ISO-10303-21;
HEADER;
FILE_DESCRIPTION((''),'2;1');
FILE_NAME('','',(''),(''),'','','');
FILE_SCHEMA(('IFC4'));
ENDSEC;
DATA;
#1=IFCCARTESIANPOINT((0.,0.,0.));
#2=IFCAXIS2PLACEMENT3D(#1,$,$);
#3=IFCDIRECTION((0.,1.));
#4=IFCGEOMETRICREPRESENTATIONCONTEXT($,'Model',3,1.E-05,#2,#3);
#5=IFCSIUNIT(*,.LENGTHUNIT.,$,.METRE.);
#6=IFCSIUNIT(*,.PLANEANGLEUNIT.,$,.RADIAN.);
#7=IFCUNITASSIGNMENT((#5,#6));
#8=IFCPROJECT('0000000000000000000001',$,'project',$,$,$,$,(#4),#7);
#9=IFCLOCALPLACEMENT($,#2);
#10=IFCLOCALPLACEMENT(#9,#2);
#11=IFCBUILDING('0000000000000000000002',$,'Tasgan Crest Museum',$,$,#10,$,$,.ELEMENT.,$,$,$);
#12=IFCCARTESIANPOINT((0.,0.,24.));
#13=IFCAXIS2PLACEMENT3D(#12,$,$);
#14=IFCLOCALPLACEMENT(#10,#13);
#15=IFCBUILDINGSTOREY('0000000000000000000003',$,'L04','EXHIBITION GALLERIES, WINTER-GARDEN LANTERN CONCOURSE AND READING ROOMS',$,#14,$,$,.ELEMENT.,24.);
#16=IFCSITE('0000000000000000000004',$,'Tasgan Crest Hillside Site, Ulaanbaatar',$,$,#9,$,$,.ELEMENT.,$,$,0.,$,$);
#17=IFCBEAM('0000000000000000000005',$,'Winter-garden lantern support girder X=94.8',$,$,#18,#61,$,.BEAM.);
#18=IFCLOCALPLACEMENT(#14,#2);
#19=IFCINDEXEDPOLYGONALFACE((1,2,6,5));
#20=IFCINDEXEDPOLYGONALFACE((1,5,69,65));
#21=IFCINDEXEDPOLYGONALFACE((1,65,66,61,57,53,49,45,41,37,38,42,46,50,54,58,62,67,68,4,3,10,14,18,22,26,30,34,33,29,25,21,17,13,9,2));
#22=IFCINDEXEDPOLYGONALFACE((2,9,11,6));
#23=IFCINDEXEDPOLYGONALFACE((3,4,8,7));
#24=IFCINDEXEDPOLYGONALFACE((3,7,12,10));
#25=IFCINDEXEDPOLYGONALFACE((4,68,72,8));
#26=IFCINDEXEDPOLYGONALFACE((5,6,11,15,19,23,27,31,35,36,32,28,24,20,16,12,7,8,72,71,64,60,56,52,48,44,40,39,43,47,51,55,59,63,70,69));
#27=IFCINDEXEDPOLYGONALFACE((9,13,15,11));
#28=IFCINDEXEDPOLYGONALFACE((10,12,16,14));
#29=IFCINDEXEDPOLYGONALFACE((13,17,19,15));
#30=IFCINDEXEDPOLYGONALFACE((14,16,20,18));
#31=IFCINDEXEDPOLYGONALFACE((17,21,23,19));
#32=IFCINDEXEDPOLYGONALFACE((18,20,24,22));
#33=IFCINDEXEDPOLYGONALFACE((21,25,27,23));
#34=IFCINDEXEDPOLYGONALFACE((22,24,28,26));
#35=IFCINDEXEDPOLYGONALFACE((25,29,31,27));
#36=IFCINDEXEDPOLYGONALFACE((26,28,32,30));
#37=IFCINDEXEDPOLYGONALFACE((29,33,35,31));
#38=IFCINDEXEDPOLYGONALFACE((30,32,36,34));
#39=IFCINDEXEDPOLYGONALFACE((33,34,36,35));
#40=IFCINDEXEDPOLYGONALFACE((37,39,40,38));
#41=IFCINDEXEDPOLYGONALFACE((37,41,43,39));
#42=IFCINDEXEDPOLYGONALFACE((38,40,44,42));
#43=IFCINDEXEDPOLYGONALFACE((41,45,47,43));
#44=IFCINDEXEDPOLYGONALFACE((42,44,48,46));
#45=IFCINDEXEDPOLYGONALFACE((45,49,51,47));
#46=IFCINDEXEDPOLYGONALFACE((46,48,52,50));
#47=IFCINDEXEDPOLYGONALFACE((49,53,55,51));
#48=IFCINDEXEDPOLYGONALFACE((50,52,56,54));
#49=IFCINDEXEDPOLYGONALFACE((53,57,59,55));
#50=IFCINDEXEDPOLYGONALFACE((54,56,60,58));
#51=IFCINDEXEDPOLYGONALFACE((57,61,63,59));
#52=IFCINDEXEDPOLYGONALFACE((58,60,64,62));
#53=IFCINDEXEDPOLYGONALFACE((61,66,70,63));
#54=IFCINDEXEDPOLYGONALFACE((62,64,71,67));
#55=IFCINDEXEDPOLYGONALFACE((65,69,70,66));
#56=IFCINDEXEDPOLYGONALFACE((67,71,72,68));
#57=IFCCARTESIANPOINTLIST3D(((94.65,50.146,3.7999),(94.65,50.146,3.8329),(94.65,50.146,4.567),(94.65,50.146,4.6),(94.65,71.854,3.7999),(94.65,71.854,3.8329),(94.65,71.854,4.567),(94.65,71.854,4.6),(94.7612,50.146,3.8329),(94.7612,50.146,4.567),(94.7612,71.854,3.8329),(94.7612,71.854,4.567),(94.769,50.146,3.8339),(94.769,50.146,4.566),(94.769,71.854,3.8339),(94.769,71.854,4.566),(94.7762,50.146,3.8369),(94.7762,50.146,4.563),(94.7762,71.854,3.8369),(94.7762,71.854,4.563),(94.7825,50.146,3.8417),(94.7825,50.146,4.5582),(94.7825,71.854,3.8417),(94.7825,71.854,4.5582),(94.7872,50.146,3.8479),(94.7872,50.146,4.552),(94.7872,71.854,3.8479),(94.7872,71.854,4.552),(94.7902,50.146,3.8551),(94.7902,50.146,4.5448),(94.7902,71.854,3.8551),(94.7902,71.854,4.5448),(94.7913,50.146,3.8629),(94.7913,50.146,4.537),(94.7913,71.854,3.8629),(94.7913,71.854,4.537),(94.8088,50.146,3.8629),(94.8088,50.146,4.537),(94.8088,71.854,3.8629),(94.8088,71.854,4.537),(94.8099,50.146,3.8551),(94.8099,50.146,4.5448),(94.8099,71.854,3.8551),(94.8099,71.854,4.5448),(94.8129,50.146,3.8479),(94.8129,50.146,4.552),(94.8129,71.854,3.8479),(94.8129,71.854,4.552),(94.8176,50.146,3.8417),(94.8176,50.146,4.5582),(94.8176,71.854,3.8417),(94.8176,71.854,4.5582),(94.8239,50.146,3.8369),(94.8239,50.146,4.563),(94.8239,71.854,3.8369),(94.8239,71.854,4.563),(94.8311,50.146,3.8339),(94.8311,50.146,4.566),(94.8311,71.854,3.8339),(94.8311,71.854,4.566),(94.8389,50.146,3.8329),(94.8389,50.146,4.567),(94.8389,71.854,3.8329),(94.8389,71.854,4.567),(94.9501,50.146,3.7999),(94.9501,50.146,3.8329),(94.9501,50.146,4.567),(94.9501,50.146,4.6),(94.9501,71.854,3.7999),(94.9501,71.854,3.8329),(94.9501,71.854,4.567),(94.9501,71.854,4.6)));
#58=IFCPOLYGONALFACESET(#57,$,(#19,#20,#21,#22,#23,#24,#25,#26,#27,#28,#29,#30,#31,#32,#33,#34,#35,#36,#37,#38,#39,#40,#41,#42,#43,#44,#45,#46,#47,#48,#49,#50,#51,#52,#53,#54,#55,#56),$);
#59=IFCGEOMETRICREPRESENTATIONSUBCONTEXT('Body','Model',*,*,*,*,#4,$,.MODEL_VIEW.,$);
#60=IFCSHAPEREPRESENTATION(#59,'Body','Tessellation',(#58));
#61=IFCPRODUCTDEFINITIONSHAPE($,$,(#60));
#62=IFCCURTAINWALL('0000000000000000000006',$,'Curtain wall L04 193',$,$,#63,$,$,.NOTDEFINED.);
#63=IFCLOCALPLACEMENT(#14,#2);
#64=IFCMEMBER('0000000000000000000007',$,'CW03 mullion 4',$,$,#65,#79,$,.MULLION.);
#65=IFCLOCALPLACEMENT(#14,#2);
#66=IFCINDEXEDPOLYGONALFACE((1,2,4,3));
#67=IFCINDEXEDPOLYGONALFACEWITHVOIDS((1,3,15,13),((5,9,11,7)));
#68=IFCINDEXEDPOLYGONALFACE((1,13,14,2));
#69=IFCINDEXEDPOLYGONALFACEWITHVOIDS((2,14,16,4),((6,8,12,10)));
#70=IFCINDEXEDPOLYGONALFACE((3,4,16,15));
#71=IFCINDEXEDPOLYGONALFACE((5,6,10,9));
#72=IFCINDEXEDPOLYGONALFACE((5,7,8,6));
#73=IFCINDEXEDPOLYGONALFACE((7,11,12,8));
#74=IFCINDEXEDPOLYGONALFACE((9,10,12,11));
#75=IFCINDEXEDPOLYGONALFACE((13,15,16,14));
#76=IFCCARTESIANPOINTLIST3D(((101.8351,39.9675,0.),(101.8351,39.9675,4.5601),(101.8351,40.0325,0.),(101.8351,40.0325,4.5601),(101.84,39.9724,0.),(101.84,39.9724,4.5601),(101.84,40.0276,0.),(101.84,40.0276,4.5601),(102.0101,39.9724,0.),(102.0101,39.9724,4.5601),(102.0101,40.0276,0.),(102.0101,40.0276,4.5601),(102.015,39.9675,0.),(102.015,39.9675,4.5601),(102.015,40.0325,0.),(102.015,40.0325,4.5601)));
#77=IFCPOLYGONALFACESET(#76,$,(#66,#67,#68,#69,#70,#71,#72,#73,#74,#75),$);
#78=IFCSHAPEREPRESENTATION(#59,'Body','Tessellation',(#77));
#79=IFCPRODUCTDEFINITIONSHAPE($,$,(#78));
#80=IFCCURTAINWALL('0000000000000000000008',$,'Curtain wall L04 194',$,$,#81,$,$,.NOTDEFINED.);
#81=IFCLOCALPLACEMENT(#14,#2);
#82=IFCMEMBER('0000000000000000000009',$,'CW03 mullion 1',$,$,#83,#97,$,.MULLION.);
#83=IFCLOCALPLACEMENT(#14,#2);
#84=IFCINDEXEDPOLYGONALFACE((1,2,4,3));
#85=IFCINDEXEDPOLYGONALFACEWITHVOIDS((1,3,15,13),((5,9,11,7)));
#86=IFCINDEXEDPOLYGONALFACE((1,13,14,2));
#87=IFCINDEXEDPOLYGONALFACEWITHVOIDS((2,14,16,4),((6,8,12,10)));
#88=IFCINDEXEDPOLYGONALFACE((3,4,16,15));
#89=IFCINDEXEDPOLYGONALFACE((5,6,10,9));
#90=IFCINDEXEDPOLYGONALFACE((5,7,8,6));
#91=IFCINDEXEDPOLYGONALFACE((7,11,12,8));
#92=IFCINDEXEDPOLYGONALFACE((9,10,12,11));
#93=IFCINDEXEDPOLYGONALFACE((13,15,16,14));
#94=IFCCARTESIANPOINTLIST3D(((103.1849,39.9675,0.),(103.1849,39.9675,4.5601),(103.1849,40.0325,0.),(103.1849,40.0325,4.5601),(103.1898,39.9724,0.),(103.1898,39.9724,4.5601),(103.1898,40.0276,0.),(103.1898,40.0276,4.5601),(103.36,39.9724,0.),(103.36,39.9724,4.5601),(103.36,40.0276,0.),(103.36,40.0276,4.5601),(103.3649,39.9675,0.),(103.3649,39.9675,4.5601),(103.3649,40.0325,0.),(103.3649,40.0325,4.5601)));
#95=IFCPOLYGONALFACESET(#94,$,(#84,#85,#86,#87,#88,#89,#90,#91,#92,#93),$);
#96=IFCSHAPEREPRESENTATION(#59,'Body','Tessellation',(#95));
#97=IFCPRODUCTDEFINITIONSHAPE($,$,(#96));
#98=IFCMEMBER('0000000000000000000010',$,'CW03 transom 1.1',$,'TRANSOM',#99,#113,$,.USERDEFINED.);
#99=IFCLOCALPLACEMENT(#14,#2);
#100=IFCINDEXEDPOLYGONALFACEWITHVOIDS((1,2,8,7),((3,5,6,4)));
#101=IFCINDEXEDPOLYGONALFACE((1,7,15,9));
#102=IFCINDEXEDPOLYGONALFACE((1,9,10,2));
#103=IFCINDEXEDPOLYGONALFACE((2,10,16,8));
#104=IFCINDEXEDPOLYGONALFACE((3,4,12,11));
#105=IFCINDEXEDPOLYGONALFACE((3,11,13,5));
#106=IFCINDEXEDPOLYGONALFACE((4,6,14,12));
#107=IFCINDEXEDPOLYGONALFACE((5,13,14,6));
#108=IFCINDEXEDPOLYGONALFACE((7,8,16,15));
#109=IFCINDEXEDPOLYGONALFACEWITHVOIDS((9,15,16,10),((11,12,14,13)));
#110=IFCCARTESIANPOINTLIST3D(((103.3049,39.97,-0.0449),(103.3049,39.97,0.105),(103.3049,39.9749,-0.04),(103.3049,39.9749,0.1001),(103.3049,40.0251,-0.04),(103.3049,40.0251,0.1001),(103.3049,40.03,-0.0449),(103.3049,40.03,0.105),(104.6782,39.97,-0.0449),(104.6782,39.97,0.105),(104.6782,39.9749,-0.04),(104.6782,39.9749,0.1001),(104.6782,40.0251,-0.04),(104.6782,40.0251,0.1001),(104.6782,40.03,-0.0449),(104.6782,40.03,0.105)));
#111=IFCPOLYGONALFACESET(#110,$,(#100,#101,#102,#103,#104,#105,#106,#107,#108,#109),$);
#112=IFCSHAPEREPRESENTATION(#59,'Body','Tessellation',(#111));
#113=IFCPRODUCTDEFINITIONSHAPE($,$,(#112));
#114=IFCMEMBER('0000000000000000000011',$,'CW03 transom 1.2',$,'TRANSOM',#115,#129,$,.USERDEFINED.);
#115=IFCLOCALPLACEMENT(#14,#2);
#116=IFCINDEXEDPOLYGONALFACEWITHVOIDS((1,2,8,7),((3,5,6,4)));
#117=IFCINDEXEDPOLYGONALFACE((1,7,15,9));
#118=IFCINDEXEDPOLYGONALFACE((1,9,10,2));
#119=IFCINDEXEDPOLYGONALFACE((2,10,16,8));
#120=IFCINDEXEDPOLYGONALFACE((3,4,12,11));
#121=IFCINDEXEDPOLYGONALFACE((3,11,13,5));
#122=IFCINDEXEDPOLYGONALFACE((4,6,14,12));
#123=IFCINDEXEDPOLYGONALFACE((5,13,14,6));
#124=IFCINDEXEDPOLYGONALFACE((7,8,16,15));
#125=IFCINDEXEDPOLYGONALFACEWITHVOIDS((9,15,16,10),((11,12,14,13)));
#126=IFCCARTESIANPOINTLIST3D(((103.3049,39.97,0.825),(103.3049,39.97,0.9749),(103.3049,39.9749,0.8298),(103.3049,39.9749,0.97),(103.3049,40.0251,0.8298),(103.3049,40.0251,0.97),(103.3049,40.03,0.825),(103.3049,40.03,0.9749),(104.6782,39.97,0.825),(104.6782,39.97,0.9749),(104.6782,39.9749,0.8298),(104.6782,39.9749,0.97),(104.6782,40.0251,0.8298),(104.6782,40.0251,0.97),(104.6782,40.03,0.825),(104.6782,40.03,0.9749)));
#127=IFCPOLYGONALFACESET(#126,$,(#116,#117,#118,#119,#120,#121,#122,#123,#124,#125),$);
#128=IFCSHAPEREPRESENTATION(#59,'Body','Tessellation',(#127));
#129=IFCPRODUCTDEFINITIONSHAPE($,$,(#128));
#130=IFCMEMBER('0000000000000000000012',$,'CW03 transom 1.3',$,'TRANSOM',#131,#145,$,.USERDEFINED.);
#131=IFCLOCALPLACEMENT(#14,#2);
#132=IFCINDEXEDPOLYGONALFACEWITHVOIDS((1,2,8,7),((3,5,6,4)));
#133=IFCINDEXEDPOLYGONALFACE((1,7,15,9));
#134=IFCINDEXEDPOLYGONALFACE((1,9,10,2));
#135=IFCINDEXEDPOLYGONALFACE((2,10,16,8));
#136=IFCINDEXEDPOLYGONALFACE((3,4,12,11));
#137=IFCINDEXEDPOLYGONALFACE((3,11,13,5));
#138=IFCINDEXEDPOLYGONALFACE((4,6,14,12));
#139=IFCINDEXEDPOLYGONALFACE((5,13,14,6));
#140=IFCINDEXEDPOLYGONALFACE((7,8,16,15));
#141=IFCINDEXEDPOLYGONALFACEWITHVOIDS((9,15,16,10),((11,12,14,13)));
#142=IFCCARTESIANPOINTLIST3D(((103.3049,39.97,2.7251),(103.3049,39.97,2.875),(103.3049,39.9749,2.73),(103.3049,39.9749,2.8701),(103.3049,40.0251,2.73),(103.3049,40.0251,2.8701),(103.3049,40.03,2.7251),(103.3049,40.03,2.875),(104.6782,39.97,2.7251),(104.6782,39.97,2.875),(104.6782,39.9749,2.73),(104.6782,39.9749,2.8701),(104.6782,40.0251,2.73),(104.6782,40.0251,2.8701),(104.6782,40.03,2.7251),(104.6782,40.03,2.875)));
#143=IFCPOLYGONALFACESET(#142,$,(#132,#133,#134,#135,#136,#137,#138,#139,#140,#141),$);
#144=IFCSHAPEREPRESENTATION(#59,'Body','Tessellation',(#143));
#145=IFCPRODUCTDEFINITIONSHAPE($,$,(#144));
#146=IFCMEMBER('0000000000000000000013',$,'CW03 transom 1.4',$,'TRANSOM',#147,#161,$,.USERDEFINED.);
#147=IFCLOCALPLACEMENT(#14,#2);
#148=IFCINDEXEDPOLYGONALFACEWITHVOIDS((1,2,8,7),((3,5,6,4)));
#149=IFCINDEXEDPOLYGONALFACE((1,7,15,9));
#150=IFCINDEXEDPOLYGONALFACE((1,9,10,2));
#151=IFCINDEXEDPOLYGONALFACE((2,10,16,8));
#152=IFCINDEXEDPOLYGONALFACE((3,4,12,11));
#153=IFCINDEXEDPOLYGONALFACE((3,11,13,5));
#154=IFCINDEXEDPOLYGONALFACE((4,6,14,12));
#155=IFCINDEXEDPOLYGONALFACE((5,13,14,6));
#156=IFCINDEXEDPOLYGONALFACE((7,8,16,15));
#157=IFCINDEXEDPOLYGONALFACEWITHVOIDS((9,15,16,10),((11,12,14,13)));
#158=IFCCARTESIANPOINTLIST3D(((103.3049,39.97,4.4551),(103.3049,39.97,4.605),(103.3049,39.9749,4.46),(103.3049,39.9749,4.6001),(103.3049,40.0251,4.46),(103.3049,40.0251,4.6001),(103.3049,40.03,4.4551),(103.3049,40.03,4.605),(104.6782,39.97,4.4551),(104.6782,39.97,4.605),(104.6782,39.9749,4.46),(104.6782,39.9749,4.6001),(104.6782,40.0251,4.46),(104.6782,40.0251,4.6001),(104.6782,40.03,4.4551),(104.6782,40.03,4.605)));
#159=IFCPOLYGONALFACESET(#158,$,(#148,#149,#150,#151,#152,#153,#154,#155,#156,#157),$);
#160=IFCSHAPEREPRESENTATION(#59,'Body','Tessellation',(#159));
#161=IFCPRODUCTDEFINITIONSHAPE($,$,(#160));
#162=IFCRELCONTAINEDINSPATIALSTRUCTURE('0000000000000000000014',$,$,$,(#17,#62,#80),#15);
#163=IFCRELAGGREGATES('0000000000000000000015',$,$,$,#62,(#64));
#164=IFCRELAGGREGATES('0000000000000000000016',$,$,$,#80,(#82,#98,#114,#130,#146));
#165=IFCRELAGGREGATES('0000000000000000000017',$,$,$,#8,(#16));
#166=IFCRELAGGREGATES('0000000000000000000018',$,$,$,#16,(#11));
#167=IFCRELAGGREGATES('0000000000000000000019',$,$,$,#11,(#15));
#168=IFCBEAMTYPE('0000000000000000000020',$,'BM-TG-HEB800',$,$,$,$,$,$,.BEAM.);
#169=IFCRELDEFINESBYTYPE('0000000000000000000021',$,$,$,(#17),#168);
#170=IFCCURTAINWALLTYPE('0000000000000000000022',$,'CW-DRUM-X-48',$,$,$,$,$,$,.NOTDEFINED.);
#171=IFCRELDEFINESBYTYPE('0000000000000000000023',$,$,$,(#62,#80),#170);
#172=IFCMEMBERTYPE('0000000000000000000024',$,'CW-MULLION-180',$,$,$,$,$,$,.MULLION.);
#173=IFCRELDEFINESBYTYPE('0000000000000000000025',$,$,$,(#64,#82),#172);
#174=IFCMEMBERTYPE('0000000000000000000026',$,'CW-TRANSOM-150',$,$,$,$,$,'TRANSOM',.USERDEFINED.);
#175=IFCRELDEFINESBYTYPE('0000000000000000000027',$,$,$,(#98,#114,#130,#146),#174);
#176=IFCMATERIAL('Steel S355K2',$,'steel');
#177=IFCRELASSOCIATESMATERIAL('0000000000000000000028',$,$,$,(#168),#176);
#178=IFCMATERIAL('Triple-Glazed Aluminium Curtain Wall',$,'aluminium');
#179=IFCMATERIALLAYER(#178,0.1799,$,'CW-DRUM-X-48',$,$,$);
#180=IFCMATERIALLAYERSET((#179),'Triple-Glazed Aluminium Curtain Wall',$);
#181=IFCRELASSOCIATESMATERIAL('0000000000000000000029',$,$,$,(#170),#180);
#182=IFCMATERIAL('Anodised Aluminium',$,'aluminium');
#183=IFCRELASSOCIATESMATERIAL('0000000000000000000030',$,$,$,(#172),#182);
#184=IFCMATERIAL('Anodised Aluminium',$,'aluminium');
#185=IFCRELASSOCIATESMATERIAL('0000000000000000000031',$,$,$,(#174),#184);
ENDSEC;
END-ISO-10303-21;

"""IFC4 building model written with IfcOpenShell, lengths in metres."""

from ifc_helpers import new_model, si_unit, direction, frame, origin, origin_2d, place, context, subcontext, project, spatial, hollow_rectangle, i_section, extrude, material, layer, layer_set, material_profile, profile_set, type_object, element, aggregate, save


model = new_model("IFC4")

# Units and contexts
model_context = context("Model", 3, precision=1e-05, world=origin(), true_north=direction((0.0, 1.0)))
body_context = subcontext(model_context, "Body", "Model", "MODEL_VIEW")
ifc_project = project(units=[si_unit("LENGTHUNIT", "METRE"), si_unit("PLANEANGLEUNIT", "RADIAN")], contexts=[model_context])

# Site, building, storey
site_placement = place(None, origin())
site = spatial("IfcSite", under=ifc_project, at=site_placement, Name="Tasgan Crest Hillside Site, Ulaanbaatar", CompositionType="ELEMENT", RefElevation=0.0)
building_placement = place(site_placement, origin())
building = spatial("IfcBuilding", under=site, at=building_placement, Name="Tasgan Crest Museum", CompositionType="ELEMENT")
storey_placement = place(building_placement, frame((0.0, 0.0, 24.0)))
storey = spatial("IfcBuildingStorey", under=building, at=storey_placement, Name="L04", Description="EXHIBITION GALLERIES, WINTER-GARDEN LANTERN CONCOURSE AND READING ROOMS", CompositionType="ELEMENT", Elevation=24.0)

# Beam
ifc_material_1 = material(Name="Steel S355K2", Category="steel")
ifc_material_profile_1 = material_profile(ifc_material_1, i_section(OverallWidth=0.3, OverallDepth=0.8, WebThickness=0.0176, FlangeThickness=0.033, FilletRadius=0.03, at=origin_2d()), Name="HEB 800")
ifc_profile_set_1 = profile_set([ifc_material_profile_1], Name="Steel S355K2")
beam_type_1 = type_object("IfcBeamType", Name="BM-TG-HEB800", PredefinedType="BEAM", material=ifc_profile_set_1)
beam_1_placement = place(storey_placement, frame((94.8, 50.146, 4.2), z_axis=(0.0, 1.0, 0.0), x_axis=(-1.0, 0.0, 0.0)))
element("IfcBeam", 1, at=beam_1_placement, inside=storey, type_object=beam_type_1, Name="Winter-garden lantern support girder X=94.8", PredefinedType="BEAM", context=body_context, shape_type="SweptSolid", body=[
    extrude(i_section(OverallWidth=0.3, OverallDepth=0.8, WebThickness=0.0176, FlangeThickness=0.033, FilletRadius=0.03, at=origin_2d()), origin(), (0.0, 0.0, 1.0), 21.708),
])

# Curtain wall, member
ifc_material_2 = material(Name="Triple-Glazed Aluminium Curtain Wall", Category="aluminium")
ifc_layer_1 = layer(ifc_material_2, 0.1799, Name="CW-DRUM-X-48")
ifc_layer_set_1 = layer_set([ifc_layer_1], Name="Triple-Glazed Aluminium Curtain Wall")
curtain_wall_type = type_object("IfcCurtainWallType", Name="CW-DRUM-X-48", PredefinedType="NOTDEFINED", material=ifc_layer_set_1)
curtain_wall_1_placement = place(storey_placement, origin())
curtain_wall_1 = element("IfcCurtainWall", 2, at=curtain_wall_1_placement, inside=storey, type_object=curtain_wall_type, Name="Curtain wall L04 193", PredefinedType="NOTDEFINED")
ifc_material_3 = material(Name="Anodised Aluminium", Category="aluminium")
ifc_material_profile_2 = material_profile(ifc_material_3, hollow_rectangle(XDim=0.0649, YDim=0.1799, WallThickness=0.0049, at=origin_2d()), Name="ALU MULLION 180x65x5")
ifc_profile_set_2 = profile_set([ifc_material_profile_2], Name="Anodised Aluminium")
member_type_1 = type_object("IfcMemberType", Name="CW-MULLION-180", PredefinedType="MULLION", material=ifc_profile_set_2)
member_1_placement = place(storey_placement, frame((101.925, 40.0, 0.0), z_axis=(0.0, 0.0, 1.0), x_axis=(0.0, 1.0, 0.0)))
member_1 = element("IfcMember", 3, at=member_1_placement, type_object=member_type_1, Name="CW03 mullion 4", PredefinedType="MULLION", context=body_context, shape_type="SweptSolid", body=[
    extrude(hollow_rectangle(XDim=0.0649, YDim=0.1799, WallThickness=0.0049, at=origin_2d()), origin(), (0.0, 0.0, 1.0), 4.5601),
])

# Curtain wall, members
curtain_wall_2_placement = place(storey_placement, origin())
curtain_wall_2 = element("IfcCurtainWall", 4, at=curtain_wall_2_placement, inside=storey, type_object=curtain_wall_type, Name="Curtain wall L04 194", PredefinedType="NOTDEFINED")
member_2_placement = place(storey_placement, frame((103.2749, 40.0, 0.0), z_axis=(0.0, 0.0, 1.0), x_axis=(0.0, 1.0, 0.0)))
member_2 = element("IfcMember", 5, at=member_2_placement, type_object=member_type_1, Name="CW03 mullion 1", PredefinedType="MULLION", context=body_context, shape_type="SweptSolid", body=[
    extrude(hollow_rectangle(XDim=0.0649, YDim=0.1799, WallThickness=0.0049, at=origin_2d()), origin(), (0.0, 0.0, 1.0), 4.5601),
])
ifc_material_4 = material(Name="Anodised Aluminium", Category="aluminium")
ifc_material_profile_3 = material_profile(ifc_material_4, hollow_rectangle(XDim=0.0601, YDim=0.1499, WallThickness=0.0049, at=origin_2d()), Name="ALU TRANSOM 150x60x5")
ifc_profile_set_3 = profile_set([ifc_material_profile_3], Name="Anodised Aluminium")
member_type_2 = type_object("IfcMemberType", Name="CW-TRANSOM-150", ElementType="TRANSOM", PredefinedType="USERDEFINED", material=ifc_profile_set_3)
member_3_placement = place(storey_placement, frame((103.3049, 40.0, 0.03), z_axis=(1.0, 0.0, 0.0), x_axis=(0.0, 1.0, 0.0)))
member_3 = element("IfcMember", 6, at=member_3_placement, type_object=member_type_2, Name="CW03 transom 1.1", ObjectType="TRANSOM", PredefinedType="USERDEFINED", context=body_context, shape_type="SweptSolid", body=[
    extrude(hollow_rectangle(XDim=0.0601, YDim=0.1499, WallThickness=0.0049, at=origin_2d()), origin(), (0.0, 0.0, 1.0), 1.3733),
])
member_4_placement = place(storey_placement, frame((103.3049, 40.0, 0.8999), z_axis=(1.0, 0.0, 0.0), x_axis=(0.0, 1.0, 0.0)))
member_4 = element("IfcMember", 7, at=member_4_placement, type_object=member_type_2, Name="CW03 transom 1.2", ObjectType="TRANSOM", PredefinedType="USERDEFINED", context=body_context, shape_type="SweptSolid", body=[
    extrude(hollow_rectangle(XDim=0.0601, YDim=0.1499, WallThickness=0.0049, at=origin_2d()), origin(), (0.0, 0.0, 1.0), 1.3733),
])
member_5_placement = place(storey_placement, frame((103.3049, 40.0, 2.8), z_axis=(1.0, 0.0, 0.0), x_axis=(0.0, 1.0, 0.0)))
member_5 = element("IfcMember", 8, at=member_5_placement, type_object=member_type_2, Name="CW03 transom 1.3", ObjectType="TRANSOM", PredefinedType="USERDEFINED", context=body_context, shape_type="SweptSolid", body=[
    extrude(hollow_rectangle(XDim=0.0601, YDim=0.1499, WallThickness=0.0049, at=origin_2d()), origin(), (0.0, 0.0, 1.0), 1.3733),
])
member_6_placement = place(storey_placement, frame((103.3049, 40.0, 4.53), z_axis=(1.0, 0.0, 0.0), x_axis=(0.0, 1.0, 0.0)))
member_6 = element("IfcMember", 9, at=member_6_placement, type_object=member_type_2, Name="CW03 transom 1.4", ObjectType="TRANSOM", PredefinedType="USERDEFINED", context=body_context, shape_type="SweptSolid", body=[
    extrude(hollow_rectangle(XDim=0.0601, YDim=0.1499, WallThickness=0.0049, at=origin_2d()), origin(), (0.0, 0.0, 1.0), 1.3733),
])

aggregate(curtain_wall_1, [member_1])
aggregate(curtain_wall_2, [member_2, member_3, member_4, member_5, member_6])

save(model, "model.ifc")
